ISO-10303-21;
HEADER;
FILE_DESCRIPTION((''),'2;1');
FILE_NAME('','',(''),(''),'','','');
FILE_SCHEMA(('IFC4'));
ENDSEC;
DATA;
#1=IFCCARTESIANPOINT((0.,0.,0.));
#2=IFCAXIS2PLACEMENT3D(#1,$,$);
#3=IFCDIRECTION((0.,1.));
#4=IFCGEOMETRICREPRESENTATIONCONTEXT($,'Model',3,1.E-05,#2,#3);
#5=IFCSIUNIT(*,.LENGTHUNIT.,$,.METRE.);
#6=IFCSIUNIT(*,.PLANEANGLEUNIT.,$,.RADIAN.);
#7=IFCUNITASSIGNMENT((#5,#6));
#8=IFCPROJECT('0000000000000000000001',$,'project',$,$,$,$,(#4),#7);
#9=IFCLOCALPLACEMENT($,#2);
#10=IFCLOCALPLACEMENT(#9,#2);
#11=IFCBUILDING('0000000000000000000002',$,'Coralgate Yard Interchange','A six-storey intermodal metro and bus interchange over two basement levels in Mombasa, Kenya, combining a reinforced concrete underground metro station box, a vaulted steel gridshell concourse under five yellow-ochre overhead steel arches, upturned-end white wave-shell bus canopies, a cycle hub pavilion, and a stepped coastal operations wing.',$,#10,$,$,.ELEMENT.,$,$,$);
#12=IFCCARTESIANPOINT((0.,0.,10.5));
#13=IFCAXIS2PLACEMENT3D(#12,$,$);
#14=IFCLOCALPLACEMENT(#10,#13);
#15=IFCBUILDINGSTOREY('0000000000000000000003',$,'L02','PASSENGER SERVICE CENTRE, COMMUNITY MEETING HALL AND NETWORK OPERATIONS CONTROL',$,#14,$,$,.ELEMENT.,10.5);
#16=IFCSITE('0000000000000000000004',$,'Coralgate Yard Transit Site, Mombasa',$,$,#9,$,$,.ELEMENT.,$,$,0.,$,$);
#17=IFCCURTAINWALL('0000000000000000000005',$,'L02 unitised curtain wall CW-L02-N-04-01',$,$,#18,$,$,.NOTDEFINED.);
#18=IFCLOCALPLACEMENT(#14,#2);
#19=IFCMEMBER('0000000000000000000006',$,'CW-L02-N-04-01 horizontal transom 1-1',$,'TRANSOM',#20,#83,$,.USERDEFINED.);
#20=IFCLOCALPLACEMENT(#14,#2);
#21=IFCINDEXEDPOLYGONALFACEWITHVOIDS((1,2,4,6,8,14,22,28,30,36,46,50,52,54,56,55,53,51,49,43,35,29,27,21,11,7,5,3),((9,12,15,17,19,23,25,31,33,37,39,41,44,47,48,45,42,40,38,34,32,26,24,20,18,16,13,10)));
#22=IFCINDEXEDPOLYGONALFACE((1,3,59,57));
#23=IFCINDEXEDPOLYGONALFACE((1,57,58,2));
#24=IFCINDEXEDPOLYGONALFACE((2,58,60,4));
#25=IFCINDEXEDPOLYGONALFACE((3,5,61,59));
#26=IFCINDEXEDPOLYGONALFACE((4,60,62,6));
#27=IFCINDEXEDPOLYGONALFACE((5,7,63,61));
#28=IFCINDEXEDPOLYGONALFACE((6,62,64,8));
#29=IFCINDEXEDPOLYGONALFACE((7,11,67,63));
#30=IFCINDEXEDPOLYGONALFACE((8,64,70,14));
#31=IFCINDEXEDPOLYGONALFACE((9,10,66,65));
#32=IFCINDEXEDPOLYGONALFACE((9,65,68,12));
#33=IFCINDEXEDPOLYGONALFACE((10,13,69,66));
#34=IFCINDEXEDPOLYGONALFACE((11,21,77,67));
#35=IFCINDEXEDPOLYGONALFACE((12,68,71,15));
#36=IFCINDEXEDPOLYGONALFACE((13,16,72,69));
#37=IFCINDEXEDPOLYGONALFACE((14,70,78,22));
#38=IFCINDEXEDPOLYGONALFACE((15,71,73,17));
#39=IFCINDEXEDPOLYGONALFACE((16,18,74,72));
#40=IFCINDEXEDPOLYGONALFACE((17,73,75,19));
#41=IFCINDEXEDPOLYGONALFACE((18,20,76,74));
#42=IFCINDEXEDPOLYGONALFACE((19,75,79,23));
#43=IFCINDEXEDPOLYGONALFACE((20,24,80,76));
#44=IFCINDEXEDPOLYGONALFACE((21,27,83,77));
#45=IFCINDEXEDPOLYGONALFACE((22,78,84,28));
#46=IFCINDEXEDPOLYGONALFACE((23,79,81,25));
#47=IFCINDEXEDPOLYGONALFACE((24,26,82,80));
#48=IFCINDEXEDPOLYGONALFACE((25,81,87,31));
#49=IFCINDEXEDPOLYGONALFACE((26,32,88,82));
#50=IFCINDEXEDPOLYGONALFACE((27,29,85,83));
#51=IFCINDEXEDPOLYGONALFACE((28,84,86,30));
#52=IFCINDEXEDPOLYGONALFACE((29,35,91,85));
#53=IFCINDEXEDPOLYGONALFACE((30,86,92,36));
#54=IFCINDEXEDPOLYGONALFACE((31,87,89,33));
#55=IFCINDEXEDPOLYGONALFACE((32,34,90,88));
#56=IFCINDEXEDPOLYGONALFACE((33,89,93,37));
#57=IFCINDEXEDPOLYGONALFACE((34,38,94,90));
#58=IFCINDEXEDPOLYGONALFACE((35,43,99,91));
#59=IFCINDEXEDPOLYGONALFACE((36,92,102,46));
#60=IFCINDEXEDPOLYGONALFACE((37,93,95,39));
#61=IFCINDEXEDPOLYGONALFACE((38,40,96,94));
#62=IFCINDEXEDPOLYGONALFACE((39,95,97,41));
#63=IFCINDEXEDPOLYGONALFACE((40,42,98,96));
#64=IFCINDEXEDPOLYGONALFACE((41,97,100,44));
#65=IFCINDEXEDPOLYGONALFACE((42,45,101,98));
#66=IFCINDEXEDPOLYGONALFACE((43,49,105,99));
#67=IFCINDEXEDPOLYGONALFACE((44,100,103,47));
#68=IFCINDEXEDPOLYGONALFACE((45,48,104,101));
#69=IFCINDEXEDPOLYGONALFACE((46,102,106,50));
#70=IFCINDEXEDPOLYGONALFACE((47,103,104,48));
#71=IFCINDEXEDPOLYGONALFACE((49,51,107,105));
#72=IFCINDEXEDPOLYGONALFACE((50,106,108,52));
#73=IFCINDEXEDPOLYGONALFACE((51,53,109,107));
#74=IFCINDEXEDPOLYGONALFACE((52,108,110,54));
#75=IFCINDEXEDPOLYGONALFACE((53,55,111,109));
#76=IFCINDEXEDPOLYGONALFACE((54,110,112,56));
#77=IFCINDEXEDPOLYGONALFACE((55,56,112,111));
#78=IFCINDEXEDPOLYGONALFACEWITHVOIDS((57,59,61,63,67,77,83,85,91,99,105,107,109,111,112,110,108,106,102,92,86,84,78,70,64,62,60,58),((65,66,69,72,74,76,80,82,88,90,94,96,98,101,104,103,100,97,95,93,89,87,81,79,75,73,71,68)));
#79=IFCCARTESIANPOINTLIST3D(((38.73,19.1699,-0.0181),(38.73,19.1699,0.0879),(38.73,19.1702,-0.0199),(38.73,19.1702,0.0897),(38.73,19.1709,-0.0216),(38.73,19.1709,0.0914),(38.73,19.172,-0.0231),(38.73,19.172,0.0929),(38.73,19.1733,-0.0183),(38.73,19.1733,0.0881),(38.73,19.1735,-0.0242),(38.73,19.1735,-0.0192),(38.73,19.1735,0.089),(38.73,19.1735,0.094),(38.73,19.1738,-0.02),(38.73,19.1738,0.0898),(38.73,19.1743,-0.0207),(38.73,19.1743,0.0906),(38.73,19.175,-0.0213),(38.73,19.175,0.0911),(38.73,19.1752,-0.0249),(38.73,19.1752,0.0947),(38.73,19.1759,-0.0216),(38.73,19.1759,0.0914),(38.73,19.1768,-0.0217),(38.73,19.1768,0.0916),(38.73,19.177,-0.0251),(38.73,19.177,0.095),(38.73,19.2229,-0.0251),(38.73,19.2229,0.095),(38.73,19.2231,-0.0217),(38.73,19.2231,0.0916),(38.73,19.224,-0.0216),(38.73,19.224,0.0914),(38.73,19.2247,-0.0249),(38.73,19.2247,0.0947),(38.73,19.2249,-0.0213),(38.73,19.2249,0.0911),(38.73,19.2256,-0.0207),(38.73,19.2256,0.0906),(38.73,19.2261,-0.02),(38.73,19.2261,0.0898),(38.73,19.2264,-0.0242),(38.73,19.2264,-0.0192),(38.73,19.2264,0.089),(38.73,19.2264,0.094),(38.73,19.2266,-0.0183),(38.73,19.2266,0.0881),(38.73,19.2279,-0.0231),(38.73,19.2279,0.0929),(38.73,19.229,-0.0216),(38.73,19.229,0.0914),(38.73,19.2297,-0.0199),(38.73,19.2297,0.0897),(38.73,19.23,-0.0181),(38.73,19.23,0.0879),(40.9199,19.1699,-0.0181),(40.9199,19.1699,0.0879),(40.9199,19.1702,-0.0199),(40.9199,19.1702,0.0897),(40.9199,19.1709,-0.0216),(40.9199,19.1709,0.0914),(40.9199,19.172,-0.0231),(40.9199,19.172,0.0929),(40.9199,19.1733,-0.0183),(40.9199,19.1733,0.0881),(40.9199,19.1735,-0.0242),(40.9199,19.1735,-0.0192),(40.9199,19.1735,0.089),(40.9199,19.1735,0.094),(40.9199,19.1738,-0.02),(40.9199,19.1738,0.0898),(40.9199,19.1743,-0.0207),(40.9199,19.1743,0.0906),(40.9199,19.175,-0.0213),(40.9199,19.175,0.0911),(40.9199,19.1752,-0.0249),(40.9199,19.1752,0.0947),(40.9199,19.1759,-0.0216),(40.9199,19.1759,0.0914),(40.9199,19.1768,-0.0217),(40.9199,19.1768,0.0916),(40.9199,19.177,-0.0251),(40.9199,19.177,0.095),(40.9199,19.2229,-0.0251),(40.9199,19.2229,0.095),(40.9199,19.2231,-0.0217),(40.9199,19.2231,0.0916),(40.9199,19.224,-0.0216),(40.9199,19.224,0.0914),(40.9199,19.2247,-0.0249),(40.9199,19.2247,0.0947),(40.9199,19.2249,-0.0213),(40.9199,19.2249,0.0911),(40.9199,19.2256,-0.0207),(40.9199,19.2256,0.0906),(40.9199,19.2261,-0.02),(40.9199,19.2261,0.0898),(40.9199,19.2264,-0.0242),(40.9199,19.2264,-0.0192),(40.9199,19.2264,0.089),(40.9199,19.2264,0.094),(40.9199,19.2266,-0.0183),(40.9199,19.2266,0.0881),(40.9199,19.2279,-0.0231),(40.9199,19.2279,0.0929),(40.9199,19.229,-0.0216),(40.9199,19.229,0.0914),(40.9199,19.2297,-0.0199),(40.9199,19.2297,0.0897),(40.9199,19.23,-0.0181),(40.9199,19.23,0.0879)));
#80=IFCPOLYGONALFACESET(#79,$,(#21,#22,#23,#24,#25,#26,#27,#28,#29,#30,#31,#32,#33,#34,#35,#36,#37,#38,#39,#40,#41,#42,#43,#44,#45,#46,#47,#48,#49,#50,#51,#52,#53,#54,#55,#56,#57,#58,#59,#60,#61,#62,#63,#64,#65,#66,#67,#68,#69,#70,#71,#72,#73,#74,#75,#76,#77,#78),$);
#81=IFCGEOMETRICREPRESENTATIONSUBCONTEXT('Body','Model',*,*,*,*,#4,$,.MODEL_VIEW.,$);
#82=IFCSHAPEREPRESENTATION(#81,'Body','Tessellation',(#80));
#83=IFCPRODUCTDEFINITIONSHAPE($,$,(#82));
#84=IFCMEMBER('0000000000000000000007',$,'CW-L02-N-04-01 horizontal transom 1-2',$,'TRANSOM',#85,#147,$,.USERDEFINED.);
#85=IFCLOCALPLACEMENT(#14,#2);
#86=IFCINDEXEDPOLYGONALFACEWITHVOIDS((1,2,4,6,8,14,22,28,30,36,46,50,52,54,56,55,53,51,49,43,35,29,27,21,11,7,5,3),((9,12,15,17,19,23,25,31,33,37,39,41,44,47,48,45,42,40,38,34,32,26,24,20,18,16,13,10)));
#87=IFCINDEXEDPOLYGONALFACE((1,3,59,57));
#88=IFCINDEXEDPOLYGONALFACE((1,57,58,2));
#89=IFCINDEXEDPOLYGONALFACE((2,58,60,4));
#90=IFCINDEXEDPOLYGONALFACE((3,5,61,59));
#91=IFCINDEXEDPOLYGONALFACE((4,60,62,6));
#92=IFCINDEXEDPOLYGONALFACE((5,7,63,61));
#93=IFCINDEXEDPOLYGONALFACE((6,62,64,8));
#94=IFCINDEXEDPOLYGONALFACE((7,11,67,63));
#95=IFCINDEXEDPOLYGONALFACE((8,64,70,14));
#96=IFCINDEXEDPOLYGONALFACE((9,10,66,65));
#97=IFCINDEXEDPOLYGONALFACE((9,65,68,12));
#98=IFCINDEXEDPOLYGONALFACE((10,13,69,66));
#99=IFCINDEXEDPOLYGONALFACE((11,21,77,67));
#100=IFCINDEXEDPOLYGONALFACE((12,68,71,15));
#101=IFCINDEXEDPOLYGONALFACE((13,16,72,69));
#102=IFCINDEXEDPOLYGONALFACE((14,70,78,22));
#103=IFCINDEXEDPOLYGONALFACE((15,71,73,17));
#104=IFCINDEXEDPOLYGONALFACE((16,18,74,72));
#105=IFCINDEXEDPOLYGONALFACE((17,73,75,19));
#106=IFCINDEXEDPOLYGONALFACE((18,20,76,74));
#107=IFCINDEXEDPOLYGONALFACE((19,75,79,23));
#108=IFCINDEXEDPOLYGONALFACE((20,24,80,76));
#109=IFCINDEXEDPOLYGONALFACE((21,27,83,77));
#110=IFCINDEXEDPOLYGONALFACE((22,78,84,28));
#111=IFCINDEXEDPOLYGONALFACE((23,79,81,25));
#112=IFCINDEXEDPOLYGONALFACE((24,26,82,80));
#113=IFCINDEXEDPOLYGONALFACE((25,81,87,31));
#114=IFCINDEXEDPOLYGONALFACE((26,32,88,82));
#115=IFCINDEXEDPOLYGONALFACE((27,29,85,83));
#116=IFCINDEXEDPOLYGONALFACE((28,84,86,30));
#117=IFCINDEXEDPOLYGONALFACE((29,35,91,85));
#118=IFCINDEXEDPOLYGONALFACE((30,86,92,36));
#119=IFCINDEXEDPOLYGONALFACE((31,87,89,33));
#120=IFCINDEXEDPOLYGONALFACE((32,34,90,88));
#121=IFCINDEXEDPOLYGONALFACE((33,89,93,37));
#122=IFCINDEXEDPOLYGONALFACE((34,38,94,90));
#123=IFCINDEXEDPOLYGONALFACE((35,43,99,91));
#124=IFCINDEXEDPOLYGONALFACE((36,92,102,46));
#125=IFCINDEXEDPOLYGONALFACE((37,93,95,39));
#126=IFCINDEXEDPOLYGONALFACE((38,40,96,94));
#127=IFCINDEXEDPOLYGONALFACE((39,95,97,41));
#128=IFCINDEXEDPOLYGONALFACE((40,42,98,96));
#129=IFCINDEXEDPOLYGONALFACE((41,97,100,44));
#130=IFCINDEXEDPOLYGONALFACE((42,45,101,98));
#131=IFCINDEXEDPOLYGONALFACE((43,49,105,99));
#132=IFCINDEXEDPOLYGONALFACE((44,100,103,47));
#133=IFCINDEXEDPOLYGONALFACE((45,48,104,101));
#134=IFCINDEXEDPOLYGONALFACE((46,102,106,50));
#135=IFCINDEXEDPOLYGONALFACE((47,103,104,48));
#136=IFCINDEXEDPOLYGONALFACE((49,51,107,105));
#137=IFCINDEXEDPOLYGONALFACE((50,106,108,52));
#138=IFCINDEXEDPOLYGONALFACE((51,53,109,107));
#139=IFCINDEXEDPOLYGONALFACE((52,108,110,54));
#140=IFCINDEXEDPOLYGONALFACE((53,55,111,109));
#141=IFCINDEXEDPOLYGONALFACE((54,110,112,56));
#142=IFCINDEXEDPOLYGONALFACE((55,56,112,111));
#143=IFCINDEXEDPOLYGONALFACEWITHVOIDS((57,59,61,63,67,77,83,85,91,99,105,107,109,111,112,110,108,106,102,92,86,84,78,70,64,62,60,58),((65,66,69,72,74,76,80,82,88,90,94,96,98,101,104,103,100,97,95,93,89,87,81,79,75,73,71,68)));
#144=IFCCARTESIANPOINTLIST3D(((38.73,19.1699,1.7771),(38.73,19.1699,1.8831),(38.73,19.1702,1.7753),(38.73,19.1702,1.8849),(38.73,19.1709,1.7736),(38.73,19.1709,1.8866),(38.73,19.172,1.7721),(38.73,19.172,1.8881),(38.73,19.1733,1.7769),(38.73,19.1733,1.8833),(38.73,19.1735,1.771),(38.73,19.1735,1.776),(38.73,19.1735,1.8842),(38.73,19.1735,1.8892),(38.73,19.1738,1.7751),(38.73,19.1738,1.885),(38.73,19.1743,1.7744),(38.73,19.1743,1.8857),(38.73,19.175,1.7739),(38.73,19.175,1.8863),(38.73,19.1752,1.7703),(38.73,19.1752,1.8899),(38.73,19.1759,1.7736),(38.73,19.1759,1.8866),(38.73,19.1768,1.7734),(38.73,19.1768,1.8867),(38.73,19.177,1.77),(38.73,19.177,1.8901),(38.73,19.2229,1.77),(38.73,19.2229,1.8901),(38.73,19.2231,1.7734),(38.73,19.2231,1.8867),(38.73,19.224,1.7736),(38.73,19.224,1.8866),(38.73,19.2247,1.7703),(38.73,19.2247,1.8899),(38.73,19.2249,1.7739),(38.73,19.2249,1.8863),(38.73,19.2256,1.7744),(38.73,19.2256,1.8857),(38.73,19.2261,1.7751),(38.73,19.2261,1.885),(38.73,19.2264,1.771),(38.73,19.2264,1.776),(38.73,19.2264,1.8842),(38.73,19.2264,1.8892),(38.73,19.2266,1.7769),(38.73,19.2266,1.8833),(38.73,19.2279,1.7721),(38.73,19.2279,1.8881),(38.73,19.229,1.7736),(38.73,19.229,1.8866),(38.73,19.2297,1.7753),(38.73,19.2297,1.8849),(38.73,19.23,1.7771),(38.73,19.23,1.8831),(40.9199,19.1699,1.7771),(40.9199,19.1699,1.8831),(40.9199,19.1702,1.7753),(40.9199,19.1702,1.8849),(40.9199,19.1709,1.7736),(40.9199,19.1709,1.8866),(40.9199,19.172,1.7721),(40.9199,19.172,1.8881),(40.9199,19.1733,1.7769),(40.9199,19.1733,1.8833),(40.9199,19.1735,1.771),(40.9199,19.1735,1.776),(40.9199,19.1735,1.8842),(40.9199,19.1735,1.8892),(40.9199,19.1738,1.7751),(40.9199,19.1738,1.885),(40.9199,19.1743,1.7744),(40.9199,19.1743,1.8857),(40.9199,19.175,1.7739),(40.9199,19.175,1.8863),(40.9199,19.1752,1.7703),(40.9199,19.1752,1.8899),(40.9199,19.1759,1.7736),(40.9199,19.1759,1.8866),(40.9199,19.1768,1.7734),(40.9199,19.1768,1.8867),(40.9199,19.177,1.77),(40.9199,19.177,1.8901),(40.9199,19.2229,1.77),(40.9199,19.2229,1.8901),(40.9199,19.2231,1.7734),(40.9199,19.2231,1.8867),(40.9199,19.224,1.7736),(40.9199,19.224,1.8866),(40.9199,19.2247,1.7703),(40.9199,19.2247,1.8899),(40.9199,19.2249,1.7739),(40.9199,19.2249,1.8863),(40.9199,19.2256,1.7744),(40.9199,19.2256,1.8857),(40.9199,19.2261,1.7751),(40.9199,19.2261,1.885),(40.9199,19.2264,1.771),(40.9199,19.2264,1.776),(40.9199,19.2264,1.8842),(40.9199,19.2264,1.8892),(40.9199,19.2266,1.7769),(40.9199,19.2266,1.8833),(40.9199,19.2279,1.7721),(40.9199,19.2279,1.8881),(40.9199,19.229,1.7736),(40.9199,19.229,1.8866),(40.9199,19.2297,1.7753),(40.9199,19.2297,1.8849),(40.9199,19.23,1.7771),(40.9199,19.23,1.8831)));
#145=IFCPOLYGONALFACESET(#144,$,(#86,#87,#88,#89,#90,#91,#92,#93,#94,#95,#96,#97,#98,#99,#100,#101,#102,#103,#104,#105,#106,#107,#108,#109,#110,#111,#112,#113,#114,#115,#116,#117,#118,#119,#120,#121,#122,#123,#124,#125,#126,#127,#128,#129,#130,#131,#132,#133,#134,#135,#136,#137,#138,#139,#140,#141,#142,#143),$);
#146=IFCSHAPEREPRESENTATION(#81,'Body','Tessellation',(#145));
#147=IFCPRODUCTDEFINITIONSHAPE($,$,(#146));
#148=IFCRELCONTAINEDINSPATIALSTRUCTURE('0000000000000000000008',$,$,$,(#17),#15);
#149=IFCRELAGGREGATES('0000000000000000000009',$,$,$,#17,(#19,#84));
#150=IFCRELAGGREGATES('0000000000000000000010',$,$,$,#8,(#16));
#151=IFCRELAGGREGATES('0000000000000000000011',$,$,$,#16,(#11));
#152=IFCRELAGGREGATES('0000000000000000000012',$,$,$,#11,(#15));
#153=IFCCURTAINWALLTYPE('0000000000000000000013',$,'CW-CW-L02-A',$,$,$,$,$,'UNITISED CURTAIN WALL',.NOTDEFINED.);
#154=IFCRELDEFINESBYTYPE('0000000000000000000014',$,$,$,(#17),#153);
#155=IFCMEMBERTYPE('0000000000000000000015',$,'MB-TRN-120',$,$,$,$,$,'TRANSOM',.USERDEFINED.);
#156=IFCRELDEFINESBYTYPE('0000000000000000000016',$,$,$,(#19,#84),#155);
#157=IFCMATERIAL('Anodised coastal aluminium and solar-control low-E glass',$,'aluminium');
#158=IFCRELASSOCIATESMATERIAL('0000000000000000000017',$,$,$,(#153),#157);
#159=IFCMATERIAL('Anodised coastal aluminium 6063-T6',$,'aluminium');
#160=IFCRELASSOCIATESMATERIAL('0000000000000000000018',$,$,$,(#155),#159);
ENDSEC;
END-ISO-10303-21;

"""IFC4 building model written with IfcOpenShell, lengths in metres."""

from ifc_helpers import new_model, si_unit, direction, frame, origin, origin_2d, place, context, subcontext, project, spatial, hollow_rectangle, extrude, material, material_profile, profile_set, type_object, element, aggregate, save


model = new_model("IFC4")

# Units and contexts
model_context = context("Model", 3, precision=1e-05, world=origin(), true_north=direction((0.0, 1.0)))
body_context = subcontext(model_context, "Body", "Model", "MODEL_VIEW")
ifc_project = project(units=[si_unit("LENGTHUNIT", "METRE"), si_unit("PLANEANGLEUNIT", "RADIAN")], contexts=[model_context])

# Site, building, storey
site_placement = place(None, origin())
site = spatial("IfcSite", under=ifc_project, at=site_placement, Name="Coralgate Yard Transit Site, Mombasa", CompositionType="ELEMENT", RefElevation=0.0)
building_placement = place(site_placement, origin())
building = spatial("IfcBuilding", under=site, at=building_placement, Name="Coralgate Yard Interchange", Description="A six-storey intermodal metro and bus interchange over two basement levels in Mombasa, Kenya, combining a reinforced concrete underground metro station box, a vaulted steel gridshell concourse under five yellow-ochre overhead steel arches, upturned-end white wave-shell bus canopies, a cycle hub pavilion, and a stepped coastal operations wing.", CompositionType="ELEMENT")
storey_placement = place(building_placement, frame((0.0, 0.0, 10.5)))
storey = spatial("IfcBuildingStorey", under=building, at=storey_placement, Name="L02", Description="PASSENGER SERVICE CENTRE, COMMUNITY MEETING HALL AND NETWORK OPERATIONS CONTROL", CompositionType="ELEMENT", Elevation=10.5)

# Curtain wall, members
ifc_material_1 = material(Name="Anodised coastal aluminium and solar-control low-E glass", Category="aluminium")
curtain_wall_type = type_object("IfcCurtainWallType", Name="CW-CW-L02-A", ElementType="UNITISED CURTAIN WALL", PredefinedType="NOTDEFINED", material=ifc_material_1)
curtain_wall_placement = place(storey_placement, origin())
curtain_wall = element("IfcCurtainWall", 1, at=curtain_wall_placement, inside=storey, type_object=curtain_wall_type, Name="L02 unitised curtain wall CW-L02-N-04-01", PredefinedType="NOTDEFINED")
ifc_material_2 = material(Name="Anodised coastal aluminium 6063-T6", Category="aluminium")
ifc_material_profile_1 = material_profile(ifc_material_2, hollow_rectangle(XDim=0.0601, YDim=0.1201, WallThickness=0.0034, InnerFilletRadius=0.0034, OuterFilletRadius=0.0071, at=origin_2d()), Name="ALU 60x120x3.5")
ifc_profile_set_1 = profile_set([ifc_material_profile_1], Name="Anodised coastal aluminium 6063-T6")
member_type_1 = type_object("IfcMemberType", Name="MB-TRN-120", ElementType="TRANSOM", PredefinedType="USERDEFINED", material=ifc_profile_set_1)
member_1_placement = place(storey_placement, frame((38.73, 19.2, 0.0349), z_axis=(1.0, 0.0, 0.0), x_axis=(0.0, 1.0, 0.0)))
member_1 = element("IfcMember", 2, at=member_1_placement, type_object=member_type_1, Name="CW-L02-N-04-01 horizontal transom 1-1", ObjectType="TRANSOM", PredefinedType="USERDEFINED", context=body_context, shape_type="SweptSolid", body=[
    extrude(hollow_rectangle(XDim=0.0601, YDim=0.1201, WallThickness=0.0034, InnerFilletRadius=0.0034, OuterFilletRadius=0.0071, at=origin_2d()), origin(), (0.0, 0.0, 1.0), 2.1899),
])
member_2_placement = place(storey_placement, frame((38.73, 19.2, 1.8301), z_axis=(1.0, 0.0, 0.0), x_axis=(0.0, 1.0, 0.0)))
member_2 = element("IfcMember", 3, at=member_2_placement, type_object=member_type_1, Name="CW-L02-N-04-01 horizontal transom 1-2", ObjectType="TRANSOM", PredefinedType="USERDEFINED", context=body_context, shape_type="SweptSolid", body=[
    extrude(hollow_rectangle(XDim=0.0601, YDim=0.1201, WallThickness=0.0034, InnerFilletRadius=0.0034, OuterFilletRadius=0.0071, at=origin_2d()), origin(), (0.0, 0.0, 1.0), 2.1899),
])
aggregate(curtain_wall, [member_1, member_2])

save(model, "model.ifc")
